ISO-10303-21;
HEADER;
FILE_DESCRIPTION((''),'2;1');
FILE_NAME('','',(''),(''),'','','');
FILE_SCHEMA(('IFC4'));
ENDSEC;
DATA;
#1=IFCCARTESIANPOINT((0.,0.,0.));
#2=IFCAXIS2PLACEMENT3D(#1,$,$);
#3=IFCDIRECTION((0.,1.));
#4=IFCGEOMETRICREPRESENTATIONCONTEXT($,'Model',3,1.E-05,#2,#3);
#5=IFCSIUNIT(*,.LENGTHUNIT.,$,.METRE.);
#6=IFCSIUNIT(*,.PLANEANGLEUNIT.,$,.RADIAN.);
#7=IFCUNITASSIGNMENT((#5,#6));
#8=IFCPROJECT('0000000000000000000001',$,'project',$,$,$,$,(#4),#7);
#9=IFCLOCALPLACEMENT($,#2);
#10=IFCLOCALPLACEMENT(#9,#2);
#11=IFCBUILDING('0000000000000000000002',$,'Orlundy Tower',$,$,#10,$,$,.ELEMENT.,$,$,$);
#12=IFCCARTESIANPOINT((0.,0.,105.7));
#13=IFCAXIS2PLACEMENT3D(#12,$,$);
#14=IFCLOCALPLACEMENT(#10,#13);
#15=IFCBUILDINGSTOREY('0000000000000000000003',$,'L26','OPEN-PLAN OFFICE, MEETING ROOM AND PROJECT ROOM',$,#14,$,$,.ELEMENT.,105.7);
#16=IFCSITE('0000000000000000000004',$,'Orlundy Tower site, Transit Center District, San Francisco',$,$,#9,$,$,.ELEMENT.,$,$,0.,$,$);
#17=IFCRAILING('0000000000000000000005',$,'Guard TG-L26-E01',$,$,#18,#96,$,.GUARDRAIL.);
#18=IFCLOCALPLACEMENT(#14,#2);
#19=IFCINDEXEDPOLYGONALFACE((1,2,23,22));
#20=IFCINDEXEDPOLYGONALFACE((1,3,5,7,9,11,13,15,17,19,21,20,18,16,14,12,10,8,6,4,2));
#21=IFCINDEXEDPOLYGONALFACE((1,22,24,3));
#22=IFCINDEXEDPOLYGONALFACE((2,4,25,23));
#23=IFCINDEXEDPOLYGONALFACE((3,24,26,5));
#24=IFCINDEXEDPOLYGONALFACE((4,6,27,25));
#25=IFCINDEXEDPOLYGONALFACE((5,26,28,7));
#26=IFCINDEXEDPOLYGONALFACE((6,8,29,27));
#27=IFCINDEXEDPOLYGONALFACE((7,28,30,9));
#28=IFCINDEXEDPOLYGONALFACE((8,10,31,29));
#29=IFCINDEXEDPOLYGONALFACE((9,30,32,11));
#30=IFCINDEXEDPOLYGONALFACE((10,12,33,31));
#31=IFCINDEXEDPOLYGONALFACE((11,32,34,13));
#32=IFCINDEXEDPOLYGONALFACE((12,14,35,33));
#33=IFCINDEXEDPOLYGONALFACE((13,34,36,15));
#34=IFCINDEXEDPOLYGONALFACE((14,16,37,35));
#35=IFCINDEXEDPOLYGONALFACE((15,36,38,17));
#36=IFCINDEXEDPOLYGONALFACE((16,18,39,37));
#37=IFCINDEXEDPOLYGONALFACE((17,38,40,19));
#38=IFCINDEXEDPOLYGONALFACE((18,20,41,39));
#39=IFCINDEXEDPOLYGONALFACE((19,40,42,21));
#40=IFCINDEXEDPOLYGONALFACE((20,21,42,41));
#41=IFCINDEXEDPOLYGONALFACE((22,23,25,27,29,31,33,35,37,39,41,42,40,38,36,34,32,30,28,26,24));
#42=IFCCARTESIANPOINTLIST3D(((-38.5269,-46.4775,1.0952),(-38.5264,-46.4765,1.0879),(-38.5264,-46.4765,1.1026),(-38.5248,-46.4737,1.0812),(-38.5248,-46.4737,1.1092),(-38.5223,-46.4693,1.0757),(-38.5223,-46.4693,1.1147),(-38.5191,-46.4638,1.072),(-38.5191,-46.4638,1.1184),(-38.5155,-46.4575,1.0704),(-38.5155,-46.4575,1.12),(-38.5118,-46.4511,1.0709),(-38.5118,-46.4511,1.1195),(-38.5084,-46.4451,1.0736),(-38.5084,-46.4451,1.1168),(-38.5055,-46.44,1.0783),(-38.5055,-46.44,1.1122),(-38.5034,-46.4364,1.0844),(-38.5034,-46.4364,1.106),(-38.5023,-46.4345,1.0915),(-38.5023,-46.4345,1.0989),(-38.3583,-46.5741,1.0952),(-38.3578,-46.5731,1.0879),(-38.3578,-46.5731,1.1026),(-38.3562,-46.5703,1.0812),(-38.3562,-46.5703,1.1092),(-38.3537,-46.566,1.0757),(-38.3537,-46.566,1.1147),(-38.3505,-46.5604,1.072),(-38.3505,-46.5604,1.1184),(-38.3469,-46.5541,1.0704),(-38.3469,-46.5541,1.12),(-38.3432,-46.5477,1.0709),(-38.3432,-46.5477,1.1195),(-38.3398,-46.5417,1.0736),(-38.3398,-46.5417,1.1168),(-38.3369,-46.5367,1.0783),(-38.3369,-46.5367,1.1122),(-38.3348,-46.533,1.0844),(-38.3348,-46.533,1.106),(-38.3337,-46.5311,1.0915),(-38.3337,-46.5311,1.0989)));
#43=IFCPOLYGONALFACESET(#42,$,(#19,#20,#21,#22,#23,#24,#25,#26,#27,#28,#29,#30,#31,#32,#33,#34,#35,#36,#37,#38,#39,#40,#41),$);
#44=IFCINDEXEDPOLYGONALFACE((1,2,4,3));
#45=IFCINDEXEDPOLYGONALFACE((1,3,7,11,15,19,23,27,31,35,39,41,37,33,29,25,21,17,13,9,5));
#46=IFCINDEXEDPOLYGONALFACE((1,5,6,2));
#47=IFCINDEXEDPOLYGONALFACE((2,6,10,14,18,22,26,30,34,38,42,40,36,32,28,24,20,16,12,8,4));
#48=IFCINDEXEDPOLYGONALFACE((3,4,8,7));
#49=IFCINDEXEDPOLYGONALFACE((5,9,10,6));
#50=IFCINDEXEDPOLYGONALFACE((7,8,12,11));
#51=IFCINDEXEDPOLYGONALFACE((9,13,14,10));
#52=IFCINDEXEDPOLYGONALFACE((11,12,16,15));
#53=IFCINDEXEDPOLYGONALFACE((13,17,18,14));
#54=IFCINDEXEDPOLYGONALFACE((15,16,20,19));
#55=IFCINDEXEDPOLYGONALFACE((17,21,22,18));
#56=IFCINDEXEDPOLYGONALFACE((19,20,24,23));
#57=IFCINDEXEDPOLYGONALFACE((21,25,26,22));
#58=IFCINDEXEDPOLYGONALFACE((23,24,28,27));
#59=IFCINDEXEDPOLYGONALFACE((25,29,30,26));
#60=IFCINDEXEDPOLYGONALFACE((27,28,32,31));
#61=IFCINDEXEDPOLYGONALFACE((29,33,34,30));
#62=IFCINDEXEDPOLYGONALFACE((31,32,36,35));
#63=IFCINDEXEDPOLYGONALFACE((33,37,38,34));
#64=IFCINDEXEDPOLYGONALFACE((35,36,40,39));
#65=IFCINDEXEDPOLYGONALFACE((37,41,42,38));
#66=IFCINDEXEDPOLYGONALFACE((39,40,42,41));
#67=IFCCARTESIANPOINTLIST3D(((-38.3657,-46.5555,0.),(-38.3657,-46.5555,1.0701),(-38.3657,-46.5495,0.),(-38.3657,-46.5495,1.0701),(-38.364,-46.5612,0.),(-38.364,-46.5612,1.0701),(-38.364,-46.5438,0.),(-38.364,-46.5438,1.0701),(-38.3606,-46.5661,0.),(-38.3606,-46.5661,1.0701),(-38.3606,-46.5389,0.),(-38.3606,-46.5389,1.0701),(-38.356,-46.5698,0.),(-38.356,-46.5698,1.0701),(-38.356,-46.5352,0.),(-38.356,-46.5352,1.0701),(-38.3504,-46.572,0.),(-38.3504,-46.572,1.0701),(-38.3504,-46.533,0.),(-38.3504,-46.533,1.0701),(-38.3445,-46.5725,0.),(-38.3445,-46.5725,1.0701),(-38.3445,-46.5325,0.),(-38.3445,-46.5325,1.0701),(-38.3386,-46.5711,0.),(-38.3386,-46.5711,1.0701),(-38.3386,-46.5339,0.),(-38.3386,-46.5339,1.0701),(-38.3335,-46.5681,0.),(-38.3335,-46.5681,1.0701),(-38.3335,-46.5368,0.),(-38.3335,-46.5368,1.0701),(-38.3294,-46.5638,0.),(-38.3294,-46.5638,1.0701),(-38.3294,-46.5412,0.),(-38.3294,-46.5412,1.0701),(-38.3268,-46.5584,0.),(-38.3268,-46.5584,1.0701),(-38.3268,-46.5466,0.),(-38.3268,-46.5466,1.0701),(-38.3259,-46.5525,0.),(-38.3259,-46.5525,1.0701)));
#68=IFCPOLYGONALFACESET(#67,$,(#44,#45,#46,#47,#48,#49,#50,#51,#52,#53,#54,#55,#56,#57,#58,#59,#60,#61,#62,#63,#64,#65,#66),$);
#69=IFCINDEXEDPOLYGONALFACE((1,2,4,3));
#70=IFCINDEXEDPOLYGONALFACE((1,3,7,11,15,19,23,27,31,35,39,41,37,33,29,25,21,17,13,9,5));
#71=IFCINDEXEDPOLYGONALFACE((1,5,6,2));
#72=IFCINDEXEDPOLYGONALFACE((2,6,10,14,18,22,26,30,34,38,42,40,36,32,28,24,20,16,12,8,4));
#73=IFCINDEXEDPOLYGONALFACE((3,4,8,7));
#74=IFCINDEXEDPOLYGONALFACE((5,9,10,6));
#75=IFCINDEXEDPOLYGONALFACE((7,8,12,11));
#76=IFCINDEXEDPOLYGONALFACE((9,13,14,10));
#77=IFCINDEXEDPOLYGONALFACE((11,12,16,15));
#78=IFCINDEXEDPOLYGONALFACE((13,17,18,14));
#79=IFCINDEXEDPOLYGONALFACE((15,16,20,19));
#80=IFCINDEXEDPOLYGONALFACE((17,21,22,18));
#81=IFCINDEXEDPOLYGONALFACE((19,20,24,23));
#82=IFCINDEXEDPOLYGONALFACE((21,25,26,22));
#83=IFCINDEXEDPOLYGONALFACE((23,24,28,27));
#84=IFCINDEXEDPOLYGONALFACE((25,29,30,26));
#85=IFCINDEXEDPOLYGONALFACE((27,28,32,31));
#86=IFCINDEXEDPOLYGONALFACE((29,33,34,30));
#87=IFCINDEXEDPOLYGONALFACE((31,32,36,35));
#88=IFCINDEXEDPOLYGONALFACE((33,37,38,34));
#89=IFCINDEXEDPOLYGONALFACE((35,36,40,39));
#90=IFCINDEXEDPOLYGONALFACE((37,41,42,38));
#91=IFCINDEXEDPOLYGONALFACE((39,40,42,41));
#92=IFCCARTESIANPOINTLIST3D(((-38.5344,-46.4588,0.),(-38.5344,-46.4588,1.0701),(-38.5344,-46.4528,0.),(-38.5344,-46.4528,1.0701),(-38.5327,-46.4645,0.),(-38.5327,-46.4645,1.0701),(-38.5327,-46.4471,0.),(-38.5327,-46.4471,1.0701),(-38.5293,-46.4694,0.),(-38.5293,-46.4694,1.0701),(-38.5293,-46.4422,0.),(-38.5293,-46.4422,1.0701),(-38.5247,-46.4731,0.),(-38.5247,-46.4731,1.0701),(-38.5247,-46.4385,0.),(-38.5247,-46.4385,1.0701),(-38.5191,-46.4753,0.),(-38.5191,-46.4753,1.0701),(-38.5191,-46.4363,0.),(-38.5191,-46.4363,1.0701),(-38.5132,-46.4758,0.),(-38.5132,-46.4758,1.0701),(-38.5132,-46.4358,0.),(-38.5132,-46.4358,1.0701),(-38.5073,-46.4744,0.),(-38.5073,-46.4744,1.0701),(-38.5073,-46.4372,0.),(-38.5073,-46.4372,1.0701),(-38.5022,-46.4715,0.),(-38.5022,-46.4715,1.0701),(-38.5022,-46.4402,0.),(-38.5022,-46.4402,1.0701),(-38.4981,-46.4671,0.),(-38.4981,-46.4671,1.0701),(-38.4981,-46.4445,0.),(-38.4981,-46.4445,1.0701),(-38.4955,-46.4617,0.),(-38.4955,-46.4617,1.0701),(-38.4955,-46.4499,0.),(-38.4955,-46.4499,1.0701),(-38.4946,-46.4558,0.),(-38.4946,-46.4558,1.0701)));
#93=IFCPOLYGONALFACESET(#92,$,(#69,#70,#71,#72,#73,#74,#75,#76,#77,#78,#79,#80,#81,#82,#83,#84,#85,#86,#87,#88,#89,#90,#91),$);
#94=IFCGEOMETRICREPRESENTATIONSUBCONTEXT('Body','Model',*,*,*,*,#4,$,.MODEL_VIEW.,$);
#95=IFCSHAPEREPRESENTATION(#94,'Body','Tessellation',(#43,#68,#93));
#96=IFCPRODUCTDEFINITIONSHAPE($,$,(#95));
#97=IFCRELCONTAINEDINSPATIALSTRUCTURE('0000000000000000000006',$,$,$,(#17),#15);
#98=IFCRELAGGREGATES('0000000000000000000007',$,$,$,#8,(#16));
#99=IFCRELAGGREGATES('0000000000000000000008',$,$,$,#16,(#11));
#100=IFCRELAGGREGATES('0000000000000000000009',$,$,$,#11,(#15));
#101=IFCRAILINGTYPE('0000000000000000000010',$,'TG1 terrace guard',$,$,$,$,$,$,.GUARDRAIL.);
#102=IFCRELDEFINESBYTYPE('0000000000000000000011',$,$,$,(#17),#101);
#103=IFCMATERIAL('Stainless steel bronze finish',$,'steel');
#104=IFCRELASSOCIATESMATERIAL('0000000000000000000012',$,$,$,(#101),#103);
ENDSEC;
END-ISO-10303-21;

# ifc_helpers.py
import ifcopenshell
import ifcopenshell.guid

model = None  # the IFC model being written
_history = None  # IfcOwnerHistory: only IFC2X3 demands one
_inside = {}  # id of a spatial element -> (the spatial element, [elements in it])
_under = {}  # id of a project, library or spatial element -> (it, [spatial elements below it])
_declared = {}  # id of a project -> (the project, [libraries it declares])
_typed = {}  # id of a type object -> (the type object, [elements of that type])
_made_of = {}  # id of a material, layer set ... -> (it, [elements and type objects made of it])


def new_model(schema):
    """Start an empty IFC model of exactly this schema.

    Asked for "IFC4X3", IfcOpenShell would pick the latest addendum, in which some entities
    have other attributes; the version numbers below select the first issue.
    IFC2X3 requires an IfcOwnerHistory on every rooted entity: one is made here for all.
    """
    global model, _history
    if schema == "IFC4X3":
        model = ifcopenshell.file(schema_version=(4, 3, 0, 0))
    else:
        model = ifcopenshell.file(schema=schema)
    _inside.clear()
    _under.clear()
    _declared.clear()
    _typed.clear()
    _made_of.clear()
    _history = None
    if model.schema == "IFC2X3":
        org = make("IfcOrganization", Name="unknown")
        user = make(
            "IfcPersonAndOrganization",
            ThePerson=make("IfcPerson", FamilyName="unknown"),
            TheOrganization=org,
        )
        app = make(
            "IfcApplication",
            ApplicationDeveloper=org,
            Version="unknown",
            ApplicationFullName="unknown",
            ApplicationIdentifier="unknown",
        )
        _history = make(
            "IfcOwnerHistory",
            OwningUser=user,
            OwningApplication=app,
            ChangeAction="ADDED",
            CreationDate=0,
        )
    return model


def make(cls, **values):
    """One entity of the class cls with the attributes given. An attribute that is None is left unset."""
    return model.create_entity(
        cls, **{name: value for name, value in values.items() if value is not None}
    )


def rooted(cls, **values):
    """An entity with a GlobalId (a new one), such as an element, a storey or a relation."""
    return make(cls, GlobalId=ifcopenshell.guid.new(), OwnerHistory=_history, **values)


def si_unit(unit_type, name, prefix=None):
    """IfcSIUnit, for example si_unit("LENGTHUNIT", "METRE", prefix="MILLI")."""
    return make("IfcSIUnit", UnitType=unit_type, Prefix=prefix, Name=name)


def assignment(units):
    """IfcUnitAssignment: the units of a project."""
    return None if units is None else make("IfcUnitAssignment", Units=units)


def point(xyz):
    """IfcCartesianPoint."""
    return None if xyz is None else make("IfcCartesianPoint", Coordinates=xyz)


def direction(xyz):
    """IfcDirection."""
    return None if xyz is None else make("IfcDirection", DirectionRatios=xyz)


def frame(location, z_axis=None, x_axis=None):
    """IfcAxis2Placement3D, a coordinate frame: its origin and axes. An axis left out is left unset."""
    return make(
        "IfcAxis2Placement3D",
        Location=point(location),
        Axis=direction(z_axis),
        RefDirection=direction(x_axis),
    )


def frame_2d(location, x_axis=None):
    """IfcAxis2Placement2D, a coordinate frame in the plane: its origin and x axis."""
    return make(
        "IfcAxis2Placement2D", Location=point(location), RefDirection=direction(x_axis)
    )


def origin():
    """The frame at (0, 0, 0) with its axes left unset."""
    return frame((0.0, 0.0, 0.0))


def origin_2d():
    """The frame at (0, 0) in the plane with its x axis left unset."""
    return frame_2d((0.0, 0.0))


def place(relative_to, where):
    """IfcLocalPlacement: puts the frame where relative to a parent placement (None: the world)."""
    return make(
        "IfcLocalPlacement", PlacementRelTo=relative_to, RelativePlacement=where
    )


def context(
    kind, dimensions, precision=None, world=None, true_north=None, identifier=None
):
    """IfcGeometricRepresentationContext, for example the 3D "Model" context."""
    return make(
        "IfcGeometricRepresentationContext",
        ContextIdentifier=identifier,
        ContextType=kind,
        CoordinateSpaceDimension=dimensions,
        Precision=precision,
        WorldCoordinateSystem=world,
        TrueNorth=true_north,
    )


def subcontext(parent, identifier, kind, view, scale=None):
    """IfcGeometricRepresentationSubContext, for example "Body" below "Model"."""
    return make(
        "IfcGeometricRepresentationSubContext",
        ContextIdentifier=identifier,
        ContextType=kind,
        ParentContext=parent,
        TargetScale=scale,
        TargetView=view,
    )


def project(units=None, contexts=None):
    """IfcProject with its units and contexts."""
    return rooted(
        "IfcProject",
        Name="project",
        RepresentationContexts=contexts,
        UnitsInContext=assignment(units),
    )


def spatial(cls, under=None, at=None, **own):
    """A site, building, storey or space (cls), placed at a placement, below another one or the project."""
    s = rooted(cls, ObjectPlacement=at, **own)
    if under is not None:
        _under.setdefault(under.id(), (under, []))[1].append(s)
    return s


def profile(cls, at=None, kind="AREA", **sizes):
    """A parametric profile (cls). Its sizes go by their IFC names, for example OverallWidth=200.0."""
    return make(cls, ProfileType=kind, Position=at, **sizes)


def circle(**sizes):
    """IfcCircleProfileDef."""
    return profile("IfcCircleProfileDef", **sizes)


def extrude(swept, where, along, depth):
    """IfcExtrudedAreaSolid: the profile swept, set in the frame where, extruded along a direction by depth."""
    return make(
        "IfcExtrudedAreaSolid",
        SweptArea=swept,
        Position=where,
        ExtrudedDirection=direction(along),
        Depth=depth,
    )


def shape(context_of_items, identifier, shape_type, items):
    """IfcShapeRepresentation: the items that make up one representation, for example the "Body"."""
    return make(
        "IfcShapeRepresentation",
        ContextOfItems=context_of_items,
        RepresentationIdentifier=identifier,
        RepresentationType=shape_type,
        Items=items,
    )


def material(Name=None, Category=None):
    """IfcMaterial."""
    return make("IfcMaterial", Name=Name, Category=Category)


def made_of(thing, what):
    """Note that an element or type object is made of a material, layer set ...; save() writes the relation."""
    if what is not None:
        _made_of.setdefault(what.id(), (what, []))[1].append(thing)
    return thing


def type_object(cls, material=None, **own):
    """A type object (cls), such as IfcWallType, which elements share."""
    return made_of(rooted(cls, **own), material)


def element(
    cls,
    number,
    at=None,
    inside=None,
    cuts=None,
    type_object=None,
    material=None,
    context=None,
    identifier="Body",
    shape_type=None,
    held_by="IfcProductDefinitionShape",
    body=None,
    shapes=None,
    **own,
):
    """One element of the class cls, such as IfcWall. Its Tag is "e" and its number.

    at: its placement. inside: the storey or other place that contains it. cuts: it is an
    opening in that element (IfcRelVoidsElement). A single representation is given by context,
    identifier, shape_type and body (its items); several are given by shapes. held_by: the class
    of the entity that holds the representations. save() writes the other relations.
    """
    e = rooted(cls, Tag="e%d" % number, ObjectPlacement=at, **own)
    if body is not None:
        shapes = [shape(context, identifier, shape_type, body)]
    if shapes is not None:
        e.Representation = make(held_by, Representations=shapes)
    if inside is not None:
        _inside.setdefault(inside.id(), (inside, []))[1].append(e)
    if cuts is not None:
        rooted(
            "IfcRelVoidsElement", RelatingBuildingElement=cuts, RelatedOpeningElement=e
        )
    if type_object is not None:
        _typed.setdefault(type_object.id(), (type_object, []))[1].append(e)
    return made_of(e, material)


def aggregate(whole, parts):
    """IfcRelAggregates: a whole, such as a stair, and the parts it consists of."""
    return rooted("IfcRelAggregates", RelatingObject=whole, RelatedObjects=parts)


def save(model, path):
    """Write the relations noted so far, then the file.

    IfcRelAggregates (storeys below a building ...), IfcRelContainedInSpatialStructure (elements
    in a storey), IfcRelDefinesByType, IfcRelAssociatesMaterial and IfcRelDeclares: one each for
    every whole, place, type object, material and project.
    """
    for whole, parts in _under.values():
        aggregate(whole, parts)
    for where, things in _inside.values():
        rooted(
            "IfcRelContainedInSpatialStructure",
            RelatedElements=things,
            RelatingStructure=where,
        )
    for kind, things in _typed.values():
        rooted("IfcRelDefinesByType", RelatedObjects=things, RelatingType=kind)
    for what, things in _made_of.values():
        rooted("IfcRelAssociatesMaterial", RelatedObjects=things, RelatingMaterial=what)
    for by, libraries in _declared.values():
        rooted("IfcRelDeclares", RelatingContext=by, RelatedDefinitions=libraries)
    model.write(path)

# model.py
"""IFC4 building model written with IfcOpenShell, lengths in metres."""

from ifc_helpers import new_model, si_unit, direction, frame, origin, origin_2d, place, context, subcontext, project, spatial, circle, extrude, material, type_object, element, save


model = new_model("IFC4")

# Units and contexts
model_context = context("Model", 3, precision=1e-05, world=origin(), true_north=direction((0.0, 1.0)))
body_context = subcontext(model_context, "Body", "Model", "MODEL_VIEW")
ifc_project = project(units=[si_unit("LENGTHUNIT", "METRE"), si_unit("PLANEANGLEUNIT", "RADIAN")], contexts=[model_context])

# Site, building, storey
site_placement = place(None, origin())
site = spatial("IfcSite", under=ifc_project, at=site_placement, Name="Orlundy Tower site, Transit Center District, San Francisco", CompositionType="ELEMENT", RefElevation=0.0)
building_placement = place(site_placement, origin())
building = spatial("IfcBuilding", under=site, at=building_placement, Name="Orlundy Tower", CompositionType="ELEMENT")
storey_placement = place(building_placement, frame((0.0, 0.0, 105.7)))
storey = spatial("IfcBuildingStorey", under=building, at=storey_placement, Name="L26", Description="OPEN-PLAN OFFICE, MEETING ROOM AND PROJECT ROOM", CompositionType="ELEMENT", Elevation=105.7)

# Railing
ifc_material_1 = material(Name="Stainless steel bronze finish", Category="steel")
railing_type = type_object("IfcRailingType", Name="TG1 terrace guard", PredefinedType="GUARDRAIL", material=ifc_material_1)
railing_placement = place(storey_placement, frame((-38.3459, -46.5525, 0.0)))
element("IfcRailing", 1, at=railing_placement, inside=storey, type_object=railing_type, Name="Guard TG-L26-E01", PredefinedType="GUARDRAIL", context=body_context, shape_type="SweptSolid", body=[
    extrude(circle(Radius=0.0249, at=origin_2d()), frame((0.0, 0.0, 1.0952), z_axis=(-0.867624, 0.49722, 0.0), x_axis=(-0.49722, -0.867624, 0.0)), (0.0, 0.0, 1.0), 0.1943),
    extrude(circle(Radius=0.02, at=origin_2d()), origin(), (0.0, 0.0, 1.0), 1.0701),
    extrude(circle(Radius=0.02, at=origin_2d()), frame((-0.1687, 0.0967, 0.0)), (0.0, 0.0, 1.0), 1.0701),
])

save(model, "model.ifc")
